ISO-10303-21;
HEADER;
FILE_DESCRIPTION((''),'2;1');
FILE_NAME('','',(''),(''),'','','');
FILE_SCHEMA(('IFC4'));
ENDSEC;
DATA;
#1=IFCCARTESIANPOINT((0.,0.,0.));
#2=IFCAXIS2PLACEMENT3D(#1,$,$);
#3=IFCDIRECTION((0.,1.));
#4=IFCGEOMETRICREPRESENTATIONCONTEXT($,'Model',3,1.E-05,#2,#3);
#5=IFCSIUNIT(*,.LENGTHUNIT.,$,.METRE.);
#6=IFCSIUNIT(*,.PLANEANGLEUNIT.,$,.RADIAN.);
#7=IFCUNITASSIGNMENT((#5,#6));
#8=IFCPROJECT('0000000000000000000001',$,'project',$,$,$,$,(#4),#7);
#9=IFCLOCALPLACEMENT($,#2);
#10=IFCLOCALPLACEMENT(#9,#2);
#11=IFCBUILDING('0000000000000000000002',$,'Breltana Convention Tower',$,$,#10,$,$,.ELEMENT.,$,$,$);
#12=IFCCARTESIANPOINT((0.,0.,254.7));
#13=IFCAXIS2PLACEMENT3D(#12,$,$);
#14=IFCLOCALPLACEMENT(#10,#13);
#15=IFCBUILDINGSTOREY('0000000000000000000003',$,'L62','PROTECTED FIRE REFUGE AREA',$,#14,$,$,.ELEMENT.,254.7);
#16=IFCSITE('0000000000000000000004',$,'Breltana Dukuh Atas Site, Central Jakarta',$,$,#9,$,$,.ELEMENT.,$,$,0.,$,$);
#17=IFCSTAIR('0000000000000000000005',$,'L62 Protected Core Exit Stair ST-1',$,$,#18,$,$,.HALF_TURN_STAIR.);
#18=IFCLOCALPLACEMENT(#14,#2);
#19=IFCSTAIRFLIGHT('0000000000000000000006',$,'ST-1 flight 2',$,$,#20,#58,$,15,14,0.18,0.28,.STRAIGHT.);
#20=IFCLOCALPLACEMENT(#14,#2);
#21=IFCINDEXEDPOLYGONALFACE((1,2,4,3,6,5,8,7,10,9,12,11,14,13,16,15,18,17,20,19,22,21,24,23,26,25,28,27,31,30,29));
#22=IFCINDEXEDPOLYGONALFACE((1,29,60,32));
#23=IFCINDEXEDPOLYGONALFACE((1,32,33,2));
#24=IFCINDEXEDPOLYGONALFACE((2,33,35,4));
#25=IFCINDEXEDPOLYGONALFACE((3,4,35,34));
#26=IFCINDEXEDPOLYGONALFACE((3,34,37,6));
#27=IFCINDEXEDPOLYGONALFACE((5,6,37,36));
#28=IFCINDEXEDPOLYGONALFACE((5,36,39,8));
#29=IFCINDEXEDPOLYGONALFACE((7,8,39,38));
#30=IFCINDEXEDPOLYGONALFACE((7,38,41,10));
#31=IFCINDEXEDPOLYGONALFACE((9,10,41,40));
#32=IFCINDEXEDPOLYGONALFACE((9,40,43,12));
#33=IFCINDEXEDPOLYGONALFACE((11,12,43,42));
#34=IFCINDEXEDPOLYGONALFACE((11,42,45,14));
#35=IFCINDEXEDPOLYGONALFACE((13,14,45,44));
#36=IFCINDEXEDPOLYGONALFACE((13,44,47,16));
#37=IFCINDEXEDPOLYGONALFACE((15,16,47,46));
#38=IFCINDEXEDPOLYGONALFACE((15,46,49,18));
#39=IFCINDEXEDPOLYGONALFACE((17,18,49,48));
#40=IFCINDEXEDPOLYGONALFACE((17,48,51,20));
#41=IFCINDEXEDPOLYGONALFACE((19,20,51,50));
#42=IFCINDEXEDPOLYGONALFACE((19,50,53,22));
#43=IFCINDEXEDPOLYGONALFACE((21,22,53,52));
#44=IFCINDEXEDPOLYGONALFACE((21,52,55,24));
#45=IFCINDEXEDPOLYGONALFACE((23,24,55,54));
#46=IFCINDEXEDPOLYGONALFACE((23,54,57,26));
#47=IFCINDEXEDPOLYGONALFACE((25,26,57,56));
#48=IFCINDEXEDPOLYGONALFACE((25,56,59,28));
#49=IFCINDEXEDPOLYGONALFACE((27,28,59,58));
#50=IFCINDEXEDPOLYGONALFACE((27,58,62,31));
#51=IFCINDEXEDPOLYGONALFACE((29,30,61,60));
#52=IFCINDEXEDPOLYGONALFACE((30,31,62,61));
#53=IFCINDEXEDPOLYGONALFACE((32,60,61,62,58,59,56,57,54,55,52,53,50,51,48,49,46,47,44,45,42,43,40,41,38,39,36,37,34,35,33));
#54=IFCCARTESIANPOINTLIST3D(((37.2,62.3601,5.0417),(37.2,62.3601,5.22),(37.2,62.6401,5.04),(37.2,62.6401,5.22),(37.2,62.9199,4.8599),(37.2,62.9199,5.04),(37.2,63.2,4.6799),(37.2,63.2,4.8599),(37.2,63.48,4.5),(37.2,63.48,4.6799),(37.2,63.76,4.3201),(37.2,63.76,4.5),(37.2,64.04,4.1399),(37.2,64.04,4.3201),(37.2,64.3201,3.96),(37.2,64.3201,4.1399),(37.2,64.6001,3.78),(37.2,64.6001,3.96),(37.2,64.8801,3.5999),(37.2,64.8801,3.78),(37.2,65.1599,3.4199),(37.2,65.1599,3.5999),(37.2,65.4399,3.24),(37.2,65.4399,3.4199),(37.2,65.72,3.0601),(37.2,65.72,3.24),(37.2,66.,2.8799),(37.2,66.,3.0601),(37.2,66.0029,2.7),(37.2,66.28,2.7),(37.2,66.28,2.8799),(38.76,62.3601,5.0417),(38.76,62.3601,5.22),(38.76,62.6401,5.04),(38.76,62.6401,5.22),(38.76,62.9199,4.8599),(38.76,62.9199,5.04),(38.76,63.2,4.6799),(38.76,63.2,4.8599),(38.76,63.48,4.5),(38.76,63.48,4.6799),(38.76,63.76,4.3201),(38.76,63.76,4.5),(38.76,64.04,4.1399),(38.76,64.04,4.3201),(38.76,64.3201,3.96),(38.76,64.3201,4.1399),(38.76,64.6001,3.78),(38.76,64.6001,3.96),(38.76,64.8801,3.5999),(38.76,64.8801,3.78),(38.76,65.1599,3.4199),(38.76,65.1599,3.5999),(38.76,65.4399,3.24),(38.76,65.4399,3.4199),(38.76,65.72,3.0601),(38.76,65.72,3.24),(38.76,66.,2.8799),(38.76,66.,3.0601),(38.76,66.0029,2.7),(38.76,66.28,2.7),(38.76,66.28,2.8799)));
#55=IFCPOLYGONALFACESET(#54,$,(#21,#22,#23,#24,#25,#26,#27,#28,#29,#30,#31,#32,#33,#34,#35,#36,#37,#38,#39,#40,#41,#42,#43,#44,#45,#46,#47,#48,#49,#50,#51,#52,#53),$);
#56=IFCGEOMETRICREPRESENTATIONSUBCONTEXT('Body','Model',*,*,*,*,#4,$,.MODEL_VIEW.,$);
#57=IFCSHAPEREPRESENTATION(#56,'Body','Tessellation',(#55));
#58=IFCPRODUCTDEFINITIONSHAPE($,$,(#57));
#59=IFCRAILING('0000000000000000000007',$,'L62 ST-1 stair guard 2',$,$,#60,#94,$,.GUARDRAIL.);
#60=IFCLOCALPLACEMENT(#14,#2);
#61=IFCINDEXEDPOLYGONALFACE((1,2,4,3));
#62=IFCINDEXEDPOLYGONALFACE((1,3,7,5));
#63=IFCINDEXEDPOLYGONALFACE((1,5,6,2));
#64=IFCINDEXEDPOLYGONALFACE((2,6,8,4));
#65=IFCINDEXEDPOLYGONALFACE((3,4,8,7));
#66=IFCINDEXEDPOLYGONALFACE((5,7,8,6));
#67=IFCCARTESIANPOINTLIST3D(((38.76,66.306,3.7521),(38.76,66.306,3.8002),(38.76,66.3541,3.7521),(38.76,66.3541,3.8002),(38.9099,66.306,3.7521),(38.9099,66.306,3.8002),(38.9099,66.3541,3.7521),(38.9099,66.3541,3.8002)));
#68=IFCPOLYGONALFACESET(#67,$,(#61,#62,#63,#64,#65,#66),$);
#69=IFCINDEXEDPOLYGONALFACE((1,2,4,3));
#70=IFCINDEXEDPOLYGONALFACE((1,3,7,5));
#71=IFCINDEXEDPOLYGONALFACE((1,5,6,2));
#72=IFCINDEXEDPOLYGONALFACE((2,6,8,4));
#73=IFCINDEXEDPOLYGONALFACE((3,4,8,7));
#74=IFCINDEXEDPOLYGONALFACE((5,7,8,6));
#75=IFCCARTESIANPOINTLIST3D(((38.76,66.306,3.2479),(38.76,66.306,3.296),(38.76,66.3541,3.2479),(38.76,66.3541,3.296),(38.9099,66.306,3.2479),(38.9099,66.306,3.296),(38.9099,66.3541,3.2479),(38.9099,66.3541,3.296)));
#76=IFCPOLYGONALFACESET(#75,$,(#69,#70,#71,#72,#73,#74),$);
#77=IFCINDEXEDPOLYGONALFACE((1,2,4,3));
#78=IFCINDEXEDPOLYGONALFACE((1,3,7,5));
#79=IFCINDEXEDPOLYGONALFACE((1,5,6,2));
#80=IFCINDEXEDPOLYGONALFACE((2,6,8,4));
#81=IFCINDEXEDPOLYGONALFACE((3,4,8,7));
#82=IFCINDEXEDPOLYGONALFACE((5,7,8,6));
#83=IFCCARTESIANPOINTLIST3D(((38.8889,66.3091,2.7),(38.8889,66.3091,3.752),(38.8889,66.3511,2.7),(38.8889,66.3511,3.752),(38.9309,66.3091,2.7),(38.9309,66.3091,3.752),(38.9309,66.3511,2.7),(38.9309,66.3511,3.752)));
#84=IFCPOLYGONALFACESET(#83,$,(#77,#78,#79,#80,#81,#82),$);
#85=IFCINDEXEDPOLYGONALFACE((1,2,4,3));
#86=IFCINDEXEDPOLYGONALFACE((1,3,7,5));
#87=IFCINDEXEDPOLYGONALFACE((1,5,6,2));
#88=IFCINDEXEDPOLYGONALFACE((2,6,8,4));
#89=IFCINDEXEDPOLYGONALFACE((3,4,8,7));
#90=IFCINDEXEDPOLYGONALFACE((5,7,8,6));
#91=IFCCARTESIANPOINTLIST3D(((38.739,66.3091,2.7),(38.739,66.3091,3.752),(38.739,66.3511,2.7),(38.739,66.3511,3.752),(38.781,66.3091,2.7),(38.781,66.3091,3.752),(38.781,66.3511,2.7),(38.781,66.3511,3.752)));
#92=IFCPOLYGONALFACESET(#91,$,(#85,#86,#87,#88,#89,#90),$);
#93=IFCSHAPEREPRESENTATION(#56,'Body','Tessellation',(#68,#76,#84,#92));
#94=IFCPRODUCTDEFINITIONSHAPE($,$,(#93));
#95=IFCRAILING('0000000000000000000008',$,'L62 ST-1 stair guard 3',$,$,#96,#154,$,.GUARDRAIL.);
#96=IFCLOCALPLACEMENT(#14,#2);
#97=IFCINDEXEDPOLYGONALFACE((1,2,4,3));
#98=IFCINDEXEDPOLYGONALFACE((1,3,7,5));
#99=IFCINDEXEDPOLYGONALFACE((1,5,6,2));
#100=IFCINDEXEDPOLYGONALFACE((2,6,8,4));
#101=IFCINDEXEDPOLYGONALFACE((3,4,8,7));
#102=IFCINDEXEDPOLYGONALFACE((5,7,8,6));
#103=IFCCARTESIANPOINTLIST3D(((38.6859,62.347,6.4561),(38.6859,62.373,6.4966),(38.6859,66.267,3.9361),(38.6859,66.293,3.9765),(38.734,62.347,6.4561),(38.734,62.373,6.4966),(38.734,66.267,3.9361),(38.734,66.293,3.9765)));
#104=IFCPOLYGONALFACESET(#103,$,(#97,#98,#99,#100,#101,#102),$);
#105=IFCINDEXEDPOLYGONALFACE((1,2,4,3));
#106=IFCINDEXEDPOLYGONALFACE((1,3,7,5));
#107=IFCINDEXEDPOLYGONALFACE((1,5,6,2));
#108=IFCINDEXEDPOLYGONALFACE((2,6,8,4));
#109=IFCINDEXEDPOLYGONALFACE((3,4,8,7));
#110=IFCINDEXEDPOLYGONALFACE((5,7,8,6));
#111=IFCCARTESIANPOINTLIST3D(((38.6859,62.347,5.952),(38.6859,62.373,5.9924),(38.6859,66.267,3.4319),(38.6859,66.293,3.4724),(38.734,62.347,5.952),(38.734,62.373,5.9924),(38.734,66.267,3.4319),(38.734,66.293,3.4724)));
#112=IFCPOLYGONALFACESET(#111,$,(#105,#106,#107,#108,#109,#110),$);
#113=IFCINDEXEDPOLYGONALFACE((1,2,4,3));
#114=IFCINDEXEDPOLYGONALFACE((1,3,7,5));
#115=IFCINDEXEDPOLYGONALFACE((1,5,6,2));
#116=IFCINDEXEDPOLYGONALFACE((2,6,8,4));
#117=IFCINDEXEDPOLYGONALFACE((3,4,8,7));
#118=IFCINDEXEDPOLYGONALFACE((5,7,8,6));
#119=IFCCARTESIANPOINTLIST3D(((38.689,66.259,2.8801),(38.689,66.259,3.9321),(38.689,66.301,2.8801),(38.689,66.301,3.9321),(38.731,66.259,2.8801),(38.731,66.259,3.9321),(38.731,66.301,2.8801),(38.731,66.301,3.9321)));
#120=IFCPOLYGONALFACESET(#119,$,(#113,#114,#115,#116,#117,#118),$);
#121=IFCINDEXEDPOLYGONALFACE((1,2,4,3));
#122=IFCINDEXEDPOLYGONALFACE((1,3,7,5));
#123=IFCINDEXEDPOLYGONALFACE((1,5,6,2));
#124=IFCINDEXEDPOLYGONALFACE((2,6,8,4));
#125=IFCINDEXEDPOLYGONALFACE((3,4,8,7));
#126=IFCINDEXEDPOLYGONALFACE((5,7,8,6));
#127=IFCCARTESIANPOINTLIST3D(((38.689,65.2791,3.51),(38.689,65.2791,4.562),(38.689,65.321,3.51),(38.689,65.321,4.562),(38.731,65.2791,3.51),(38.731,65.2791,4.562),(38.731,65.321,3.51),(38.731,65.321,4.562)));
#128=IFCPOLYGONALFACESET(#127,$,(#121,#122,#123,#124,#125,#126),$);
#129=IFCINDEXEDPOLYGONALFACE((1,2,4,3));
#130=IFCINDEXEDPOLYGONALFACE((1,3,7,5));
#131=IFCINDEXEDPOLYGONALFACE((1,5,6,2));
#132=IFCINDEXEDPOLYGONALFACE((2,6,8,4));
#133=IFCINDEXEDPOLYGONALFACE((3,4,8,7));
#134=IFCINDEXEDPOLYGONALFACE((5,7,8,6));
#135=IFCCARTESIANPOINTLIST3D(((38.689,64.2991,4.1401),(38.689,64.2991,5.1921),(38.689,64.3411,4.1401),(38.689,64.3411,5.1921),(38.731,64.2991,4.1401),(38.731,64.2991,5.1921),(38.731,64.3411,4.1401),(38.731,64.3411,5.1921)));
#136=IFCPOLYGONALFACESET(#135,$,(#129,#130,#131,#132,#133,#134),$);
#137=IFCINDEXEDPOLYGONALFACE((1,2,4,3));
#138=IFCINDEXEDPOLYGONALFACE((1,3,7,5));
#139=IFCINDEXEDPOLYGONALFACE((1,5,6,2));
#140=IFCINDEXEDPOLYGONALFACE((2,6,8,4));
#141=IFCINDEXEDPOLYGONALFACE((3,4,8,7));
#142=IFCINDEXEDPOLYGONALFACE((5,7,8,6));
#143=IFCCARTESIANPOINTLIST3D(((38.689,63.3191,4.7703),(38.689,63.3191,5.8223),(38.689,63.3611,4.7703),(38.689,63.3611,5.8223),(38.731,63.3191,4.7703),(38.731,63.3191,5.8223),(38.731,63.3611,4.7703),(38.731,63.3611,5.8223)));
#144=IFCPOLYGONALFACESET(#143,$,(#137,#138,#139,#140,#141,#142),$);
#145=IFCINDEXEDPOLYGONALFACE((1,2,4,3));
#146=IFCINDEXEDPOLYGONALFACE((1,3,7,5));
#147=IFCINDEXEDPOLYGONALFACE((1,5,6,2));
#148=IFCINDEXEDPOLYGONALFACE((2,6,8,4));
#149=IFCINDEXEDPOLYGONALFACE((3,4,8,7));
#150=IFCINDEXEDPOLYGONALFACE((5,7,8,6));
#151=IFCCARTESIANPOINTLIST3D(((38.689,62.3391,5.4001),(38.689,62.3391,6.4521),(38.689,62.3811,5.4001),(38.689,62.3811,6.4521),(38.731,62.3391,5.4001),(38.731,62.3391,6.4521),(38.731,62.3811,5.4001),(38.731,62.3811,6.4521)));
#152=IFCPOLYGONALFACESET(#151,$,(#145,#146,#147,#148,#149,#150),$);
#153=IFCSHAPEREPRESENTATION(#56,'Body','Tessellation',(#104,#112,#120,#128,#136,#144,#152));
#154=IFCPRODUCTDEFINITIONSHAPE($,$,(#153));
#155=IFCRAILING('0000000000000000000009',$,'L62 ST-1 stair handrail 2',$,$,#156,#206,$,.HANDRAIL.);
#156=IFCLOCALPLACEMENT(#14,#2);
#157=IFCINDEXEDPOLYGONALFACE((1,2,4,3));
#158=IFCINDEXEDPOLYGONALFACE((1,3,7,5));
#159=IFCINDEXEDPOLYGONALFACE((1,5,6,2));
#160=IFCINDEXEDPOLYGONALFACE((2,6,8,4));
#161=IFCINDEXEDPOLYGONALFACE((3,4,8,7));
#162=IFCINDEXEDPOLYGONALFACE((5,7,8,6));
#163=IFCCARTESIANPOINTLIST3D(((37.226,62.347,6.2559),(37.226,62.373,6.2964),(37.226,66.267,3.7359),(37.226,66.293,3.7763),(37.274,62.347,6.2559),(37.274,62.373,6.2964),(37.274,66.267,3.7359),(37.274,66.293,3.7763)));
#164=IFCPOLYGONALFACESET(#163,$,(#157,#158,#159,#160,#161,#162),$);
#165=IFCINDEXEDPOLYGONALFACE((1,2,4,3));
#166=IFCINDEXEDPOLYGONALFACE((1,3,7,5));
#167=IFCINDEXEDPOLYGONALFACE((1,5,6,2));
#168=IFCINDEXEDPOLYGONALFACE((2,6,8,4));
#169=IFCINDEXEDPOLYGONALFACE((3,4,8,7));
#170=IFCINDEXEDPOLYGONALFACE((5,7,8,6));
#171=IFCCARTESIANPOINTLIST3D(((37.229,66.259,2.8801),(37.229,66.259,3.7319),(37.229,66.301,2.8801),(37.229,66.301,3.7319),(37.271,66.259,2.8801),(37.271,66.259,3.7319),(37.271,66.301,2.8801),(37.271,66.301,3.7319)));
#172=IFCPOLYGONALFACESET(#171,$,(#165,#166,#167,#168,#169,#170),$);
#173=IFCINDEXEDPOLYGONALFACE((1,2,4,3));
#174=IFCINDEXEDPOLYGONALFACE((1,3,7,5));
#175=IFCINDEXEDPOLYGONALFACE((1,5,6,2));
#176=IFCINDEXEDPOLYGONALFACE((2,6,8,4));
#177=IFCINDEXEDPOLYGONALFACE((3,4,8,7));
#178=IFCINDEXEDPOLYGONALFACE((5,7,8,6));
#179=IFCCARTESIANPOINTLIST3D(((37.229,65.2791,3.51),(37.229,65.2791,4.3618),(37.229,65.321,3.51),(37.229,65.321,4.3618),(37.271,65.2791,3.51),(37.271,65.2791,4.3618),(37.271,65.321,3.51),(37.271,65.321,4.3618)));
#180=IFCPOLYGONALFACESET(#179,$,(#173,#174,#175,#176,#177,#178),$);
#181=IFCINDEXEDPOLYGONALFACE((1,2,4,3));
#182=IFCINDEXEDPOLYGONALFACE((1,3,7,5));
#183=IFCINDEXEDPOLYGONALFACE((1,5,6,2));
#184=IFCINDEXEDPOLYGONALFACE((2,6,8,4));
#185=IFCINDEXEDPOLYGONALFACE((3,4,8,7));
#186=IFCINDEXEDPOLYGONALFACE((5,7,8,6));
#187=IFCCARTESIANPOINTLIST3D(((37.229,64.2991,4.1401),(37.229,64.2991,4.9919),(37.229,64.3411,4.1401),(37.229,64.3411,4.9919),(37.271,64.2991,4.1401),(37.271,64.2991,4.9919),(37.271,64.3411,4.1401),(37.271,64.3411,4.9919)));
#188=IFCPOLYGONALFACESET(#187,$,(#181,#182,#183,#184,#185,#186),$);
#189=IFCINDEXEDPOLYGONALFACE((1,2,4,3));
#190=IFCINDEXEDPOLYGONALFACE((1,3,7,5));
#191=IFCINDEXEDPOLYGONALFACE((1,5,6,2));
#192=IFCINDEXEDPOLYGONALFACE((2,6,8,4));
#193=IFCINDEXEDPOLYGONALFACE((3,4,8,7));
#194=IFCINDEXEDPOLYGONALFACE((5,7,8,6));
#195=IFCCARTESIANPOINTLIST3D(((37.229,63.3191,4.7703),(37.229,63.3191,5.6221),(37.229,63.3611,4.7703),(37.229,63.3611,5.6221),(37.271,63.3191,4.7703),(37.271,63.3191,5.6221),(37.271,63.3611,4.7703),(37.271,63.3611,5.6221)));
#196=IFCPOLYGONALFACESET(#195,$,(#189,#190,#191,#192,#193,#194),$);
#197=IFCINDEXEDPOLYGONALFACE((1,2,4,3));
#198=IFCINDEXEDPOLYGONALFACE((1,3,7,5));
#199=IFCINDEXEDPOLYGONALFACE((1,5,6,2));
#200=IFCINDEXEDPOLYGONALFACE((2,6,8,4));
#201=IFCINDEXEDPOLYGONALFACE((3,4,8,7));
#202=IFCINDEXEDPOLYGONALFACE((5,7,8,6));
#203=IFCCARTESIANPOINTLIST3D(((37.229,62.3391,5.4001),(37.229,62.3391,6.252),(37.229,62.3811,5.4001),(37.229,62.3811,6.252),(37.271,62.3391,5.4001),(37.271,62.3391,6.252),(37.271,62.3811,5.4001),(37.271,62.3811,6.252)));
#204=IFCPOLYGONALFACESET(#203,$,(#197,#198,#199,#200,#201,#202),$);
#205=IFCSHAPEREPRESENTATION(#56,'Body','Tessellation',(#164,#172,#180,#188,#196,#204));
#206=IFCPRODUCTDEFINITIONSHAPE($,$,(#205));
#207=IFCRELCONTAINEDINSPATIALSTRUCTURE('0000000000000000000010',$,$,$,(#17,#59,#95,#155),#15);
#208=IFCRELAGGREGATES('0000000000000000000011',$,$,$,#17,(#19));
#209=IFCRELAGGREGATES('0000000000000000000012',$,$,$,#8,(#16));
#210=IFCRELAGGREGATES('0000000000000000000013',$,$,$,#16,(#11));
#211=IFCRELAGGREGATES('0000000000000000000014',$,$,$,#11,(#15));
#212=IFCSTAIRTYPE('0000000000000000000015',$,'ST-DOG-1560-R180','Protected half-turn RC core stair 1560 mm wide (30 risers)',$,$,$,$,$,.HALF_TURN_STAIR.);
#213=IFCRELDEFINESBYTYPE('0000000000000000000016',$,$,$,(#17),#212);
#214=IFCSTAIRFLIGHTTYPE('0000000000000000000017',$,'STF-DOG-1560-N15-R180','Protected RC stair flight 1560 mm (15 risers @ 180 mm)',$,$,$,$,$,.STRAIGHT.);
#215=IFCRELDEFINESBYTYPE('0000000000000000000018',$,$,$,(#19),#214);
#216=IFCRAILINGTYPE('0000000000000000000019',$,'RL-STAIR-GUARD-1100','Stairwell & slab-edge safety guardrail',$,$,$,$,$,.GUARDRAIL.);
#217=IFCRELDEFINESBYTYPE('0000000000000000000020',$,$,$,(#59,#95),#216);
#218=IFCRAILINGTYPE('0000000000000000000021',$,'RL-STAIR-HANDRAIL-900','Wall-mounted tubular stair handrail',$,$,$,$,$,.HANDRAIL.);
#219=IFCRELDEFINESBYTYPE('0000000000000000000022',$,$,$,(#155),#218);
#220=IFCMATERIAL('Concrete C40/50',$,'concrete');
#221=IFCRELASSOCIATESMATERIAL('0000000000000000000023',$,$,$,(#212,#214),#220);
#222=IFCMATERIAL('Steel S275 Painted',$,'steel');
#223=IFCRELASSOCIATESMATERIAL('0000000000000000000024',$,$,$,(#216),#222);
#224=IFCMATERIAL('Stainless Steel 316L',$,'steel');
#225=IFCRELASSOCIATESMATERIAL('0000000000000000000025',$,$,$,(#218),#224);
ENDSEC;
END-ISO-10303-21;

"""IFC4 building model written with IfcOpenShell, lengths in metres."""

from ifc_helpers import new_model, si_unit, direction, frame, origin, origin_2d, place, context, subcontext, project, spatial, polyline, rectangle, outline, extrude, material, type_object, element, aggregate, save


model = new_model("IFC4")

# Units and contexts
model_context = context("Model", 3, precision=1e-05, world=origin(), true_north=direction((0.0, 1.0)))
body_context = subcontext(model_context, "Body", "Model", "MODEL_VIEW")
ifc_project = project(units=[si_unit("LENGTHUNIT", "METRE"), si_unit("PLANEANGLEUNIT", "RADIAN")], contexts=[model_context])

# Site, building, storey
site_placement = place(None, origin())
site = spatial("IfcSite", under=ifc_project, at=site_placement, Name="Breltana Dukuh Atas Site, Central Jakarta", CompositionType="ELEMENT", RefElevation=0.0)
building_placement = place(site_placement, origin())
building = spatial("IfcBuilding", under=site, at=building_placement, Name="Breltana Convention Tower", CompositionType="ELEMENT")
storey_placement = place(building_placement, frame((0.0, 0.0, 254.7)))
storey = spatial("IfcBuildingStorey", under=building, at=storey_placement, Name="L62", Description="PROTECTED FIRE REFUGE AREA", CompositionType="ELEMENT", Elevation=254.7)

# Stair, stair flight
ifc_material_1 = material(Name="Concrete C40/50", Category="concrete")
stair_type = type_object("IfcStairType", Name="ST-DOG-1560-R180", Description="Protected half-turn RC core stair 1560 mm wide (30 risers)", PredefinedType="HALF_TURN_STAIR", material=ifc_material_1)
stair_placement = place(storey_placement, origin())
stair = element("IfcStair", 1, at=stair_placement, inside=storey, type_object=stair_type, Name="L62 Protected Core Exit Stair ST-1", PredefinedType="HALF_TURN_STAIR")
stair_flight_type = type_object("IfcStairFlightType", Name="STF-DOG-1560-N15-R180", Description="Protected RC stair flight 1560 mm (15 risers @ 180 mm)", PredefinedType="STRAIGHT", material=ifc_material_1)
stair_flight_placement = place(storey_placement, frame((37.98, 66.28, 2.7), z_axis=(0.0, 0.0, 1.0), x_axis=(0.0, -1.0, 0.0)))
stair_flight = element("IfcStairFlight", 2, at=stair_flight_placement, type_object=stair_flight_type, Name="ST-1 flight 2", NumberOfRisers=15, NumberOfTreads=14, PredefinedType="STRAIGHT", RiserHeight=0.18, TreadLength=0.28, context=body_context, shape_type="SweptSolid", body=[
    extrude(outline(polyline([(0.0, 0.0), (0.0, 0.1799), (0.28, 0.1799), (0.28, 0.3601), (0.5601, 0.3601), (0.5601, 0.54), (0.8401, 0.54), (0.8401, 0.72), (1.1201, 0.72), (1.1201, 0.8999), (1.3999, 0.8999), (1.3999, 1.0801), (1.6799, 1.0801), (1.6799, 1.26), (1.96, 1.26), (1.96, 1.4399), (2.24, 1.4399), (2.24, 1.6201), (2.52, 1.6201), (2.52, 1.8), (2.8, 1.8), (2.8, 1.98), (3.0801, 1.98), (3.0801, 2.1599), (3.3601, 2.1599), (3.3601, 2.3401), (3.6399, 2.3401), (3.6399, 2.52), (3.9199, 2.52), (3.9199, 2.7), (3.9199, 2.3418), (0.2771, 0.0), (0.0, 0.0)])), frame((0.0, 0.78, 0.0), z_axis=(0.0, -1.0, 0.0), x_axis=(1.0, 0.0, 0.0)), (0.0, 0.0, 1.0), 1.5601),
])
aggregate(stair, [stair_flight])

# Railings
ifc_material_2 = material(Name="Steel S275 Painted", Category="steel")
railing_type_1 = type_object("IfcRailingType", Name="RL-STAIR-GUARD-1100", Description="Stairwell & slab-edge safety guardrail", PredefinedType="GUARDRAIL", material=ifc_material_2)
railing_1_placement = place(storey_placement, frame((38.9099, 66.3301, 2.7)))
element("IfcRailing", 3, at=railing_1_placement, inside=storey, type_object=railing_type_1, Name="L62 ST-1 stair guard 2", PredefinedType="GUARDRAIL", context=body_context, shape_type="SweptSolid", body=[
    extrude(rectangle(XDim=0.0481, YDim=0.0481, at=origin_2d()), frame((0.0, 0.0, 1.0762), z_axis=(-1.0, 0.0, 0.0), x_axis=(0.0, -1.0, 0.0)), (0.0, 0.0, 1.0), 0.1499),
    extrude(rectangle(XDim=0.0481, YDim=0.0481, at=origin_2d()), frame((0.0, 0.0, 0.572), z_axis=(-1.0, 0.0, 0.0), x_axis=(0.0, -1.0, 0.0)), (0.0, 0.0, 1.0), 0.1499),
    extrude(rectangle(XDim=0.042, YDim=0.042, at=origin_2d()), origin(), (0.0, 0.0, 1.0), 1.052),
    extrude(rectangle(XDim=0.042, YDim=0.042, at=origin_2d()), frame((-0.1499, 0.0, 0.0)), (0.0, 0.0, 1.0), 1.052),
])
railing_2_placement = place(storey_placement, frame((38.71, 66.28, 2.8801)))
element("IfcRailing", 4, at=railing_2_placement, inside=storey, type_object=railing_type_1, Name="L62 ST-1 stair guard 3", PredefinedType="GUARDRAIL", context=body_context, shape_type="SweptSolid", body=[
    extrude(rectangle(XDim=0.0481, YDim=0.0481, at=origin_2d()), frame((0.0, 0.0, 1.0762), z_axis=(0.0, -0.841172, 0.540768), x_axis=(1.0, 0.0, 0.0)), (0.0, 0.0, 1.0), 4.6602),
    extrude(rectangle(XDim=0.0481, YDim=0.0481, at=origin_2d()), frame((0.0, 0.0, 0.572), z_axis=(0.0, -0.841172, 0.540768), x_axis=(1.0, 0.0, 0.0)), (0.0, 0.0, 1.0), 4.6602),
    extrude(rectangle(XDim=0.042, YDim=0.042, at=origin_2d()), origin(), (0.0, 0.0, 1.0), 1.052),
    extrude(rectangle(XDim=0.042, YDim=0.042, at=origin_2d()), frame((0.0, -0.98, 0.6299)), (0.0, 0.0, 1.0), 1.052),
    extrude(rectangle(XDim=0.042, YDim=0.042, at=origin_2d()), frame((0.0, -1.96, 1.26)), (0.0, 0.0, 1.0), 1.052),
    extrude(rectangle(XDim=0.042, YDim=0.042, at=origin_2d()), frame((0.0, -2.9399, 1.8901)), (0.0, 0.0, 1.0), 1.052),
    extrude(rectangle(XDim=0.042, YDim=0.042, at=origin_2d()), frame((0.0, -3.9199, 2.52)), (0.0, 0.0, 1.0), 1.052),
])
ifc_material_3 = material(Name="Stainless Steel 316L", Category="steel")
railing_type_2 = type_object("IfcRailingType", Name="RL-STAIR-HANDRAIL-900", Description="Wall-mounted tubular stair handrail", PredefinedType="HANDRAIL", material=ifc_material_3)
railing_3_placement = place(storey_placement, frame((37.25, 66.28, 2.8801)))
element("IfcRailing", 5, at=railing_3_placement, inside=storey, type_object=railing_type_2, Name="L62 ST-1 stair handrail 2", PredefinedType="HANDRAIL", context=body_context, shape_type="SweptSolid", body=[
    extrude(rectangle(XDim=0.0481, YDim=0.0481, at=origin_2d()), frame((0.0, 0.0, 0.876), z_axis=(0.0, -0.841172, 0.540768), x_axis=(1.0, 0.0, 0.0)), (0.0, 0.0, 1.0), 4.6602),
    extrude(rectangle(XDim=0.042, YDim=0.042, at=origin_2d()), origin(), (0.0, 0.0, 1.0), 0.8518),
    extrude(rectangle(XDim=0.042, YDim=0.042, at=origin_2d()), frame((0.0, -0.98, 0.6299)), (0.0, 0.0, 1.0), 0.8518),
    extrude(rectangle(XDim=0.042, YDim=0.042, at=origin_2d()), frame((0.0, -1.96, 1.26)), (0.0, 0.0, 1.0), 0.8518),
    extrude(rectangle(XDim=0.042, YDim=0.042, at=origin_2d()), frame((0.0, -2.9399, 1.8901)), (0.0, 0.0, 1.0), 0.8518),
    extrude(rectangle(XDim=0.042, YDim=0.042, at=origin_2d()), frame((0.0, -3.9199, 2.52)), (0.0, 0.0, 1.0), 0.8518),
])

save(model, "model.ifc")
